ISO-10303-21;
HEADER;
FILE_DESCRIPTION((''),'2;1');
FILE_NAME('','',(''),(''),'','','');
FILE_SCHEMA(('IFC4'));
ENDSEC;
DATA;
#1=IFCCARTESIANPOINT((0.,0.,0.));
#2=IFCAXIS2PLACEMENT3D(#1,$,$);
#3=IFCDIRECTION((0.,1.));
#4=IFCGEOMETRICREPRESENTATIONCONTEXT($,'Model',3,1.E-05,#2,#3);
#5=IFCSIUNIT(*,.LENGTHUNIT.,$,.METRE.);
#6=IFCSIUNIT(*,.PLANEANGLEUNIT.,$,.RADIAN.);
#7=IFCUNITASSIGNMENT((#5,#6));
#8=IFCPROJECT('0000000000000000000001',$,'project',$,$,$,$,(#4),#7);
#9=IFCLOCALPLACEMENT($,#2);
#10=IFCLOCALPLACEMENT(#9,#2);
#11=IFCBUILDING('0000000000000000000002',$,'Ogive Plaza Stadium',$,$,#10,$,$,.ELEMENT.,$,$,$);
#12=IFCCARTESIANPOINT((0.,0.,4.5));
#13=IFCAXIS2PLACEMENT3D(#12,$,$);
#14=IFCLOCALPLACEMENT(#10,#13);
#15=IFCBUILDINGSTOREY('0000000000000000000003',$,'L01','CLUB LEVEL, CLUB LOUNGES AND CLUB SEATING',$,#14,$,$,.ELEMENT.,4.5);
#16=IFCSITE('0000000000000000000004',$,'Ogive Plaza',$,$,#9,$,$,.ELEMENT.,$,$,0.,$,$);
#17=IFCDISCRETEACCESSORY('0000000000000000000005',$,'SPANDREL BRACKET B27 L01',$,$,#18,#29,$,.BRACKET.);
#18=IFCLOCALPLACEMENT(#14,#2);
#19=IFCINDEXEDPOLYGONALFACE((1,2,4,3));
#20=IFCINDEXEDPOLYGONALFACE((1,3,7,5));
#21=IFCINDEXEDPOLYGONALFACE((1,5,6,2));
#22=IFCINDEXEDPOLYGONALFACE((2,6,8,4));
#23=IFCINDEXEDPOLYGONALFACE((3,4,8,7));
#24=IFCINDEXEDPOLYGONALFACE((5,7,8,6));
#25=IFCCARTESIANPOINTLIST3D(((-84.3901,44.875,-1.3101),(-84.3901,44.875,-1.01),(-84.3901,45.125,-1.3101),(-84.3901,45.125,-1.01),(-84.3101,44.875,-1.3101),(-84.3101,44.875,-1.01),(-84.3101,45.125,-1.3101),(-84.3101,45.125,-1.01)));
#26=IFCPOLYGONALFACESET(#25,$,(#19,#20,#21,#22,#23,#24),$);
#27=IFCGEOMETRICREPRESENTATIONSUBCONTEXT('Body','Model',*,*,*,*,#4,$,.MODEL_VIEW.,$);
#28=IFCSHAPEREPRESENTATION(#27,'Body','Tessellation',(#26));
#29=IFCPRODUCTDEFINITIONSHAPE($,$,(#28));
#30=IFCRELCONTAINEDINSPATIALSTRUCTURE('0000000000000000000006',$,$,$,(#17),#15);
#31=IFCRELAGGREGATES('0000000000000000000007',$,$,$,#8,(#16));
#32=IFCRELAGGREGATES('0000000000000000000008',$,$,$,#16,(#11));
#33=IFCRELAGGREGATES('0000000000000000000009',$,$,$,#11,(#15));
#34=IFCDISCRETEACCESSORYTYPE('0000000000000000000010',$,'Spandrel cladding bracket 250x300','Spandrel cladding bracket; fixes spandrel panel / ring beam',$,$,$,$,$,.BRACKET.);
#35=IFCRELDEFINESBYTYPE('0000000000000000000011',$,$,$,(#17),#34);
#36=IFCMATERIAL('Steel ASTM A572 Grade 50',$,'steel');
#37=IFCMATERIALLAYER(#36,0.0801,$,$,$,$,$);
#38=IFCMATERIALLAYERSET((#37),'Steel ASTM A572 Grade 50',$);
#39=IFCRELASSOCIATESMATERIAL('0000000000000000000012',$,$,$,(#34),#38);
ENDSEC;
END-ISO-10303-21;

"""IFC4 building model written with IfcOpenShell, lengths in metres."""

from ifc_helpers import new_model, si_unit, direction, frame, origin, origin_2d, place, context, subcontext, project, spatial, rectangle, extrude, material, layer, layer_set, type_object, element, save


model = new_model("IFC4")

# Units and contexts
model_context = context("Model", 3, precision=1e-05, world=origin(), true_north=direction((0.0, 1.0)))
body_context = subcontext(model_context, "Body", "Model", "MODEL_VIEW")
ifc_project = project(units=[si_unit("LENGTHUNIT", "METRE"), si_unit("PLANEANGLEUNIT", "RADIAN")], contexts=[model_context])

# Site, building, storey
site_placement = place(None, origin())
site = spatial("IfcSite", under=ifc_project, at=site_placement, Name="Ogive Plaza", CompositionType="ELEMENT", RefElevation=0.0)
building_placement = place(site_placement, origin())
building = spatial("IfcBuilding", under=site, at=building_placement, Name="Ogive Plaza Stadium", CompositionType="ELEMENT")
storey_placement = place(building_placement, frame((0.0, 0.0, 4.5)))
storey = spatial("IfcBuildingStorey", under=building, at=storey_placement, Name="L01", Description="CLUB LEVEL, CLUB LOUNGES AND CLUB SEATING", CompositionType="ELEMENT", Elevation=4.5)

# Discrete accessory
ifc_material_1 = material(Name="Steel ASTM A572 Grade 50", Category="steel")
ifc_layer_1 = layer(ifc_material_1, 0.0801)
ifc_layer_set_1 = layer_set([ifc_layer_1], Name="Steel ASTM A572 Grade 50")
discrete_accessory_type = type_object("IfcDiscreteAccessoryType", Name="Spandrel cladding bracket 250x300", Description="Spandrel cladding bracket; fixes spandrel panel / ring beam", PredefinedType="BRACKET", material=ifc_layer_set_1)
discrete_accessory_placement = place(storey_placement, frame((-84.3501, 45.0, -1.3101), z_axis=(0.0, 0.0, 1.0), x_axis=(0.0, 1.0, 0.0)))
element("IfcDiscreteAccessory", 1, at=discrete_accessory_placement, inside=storey, type_object=discrete_accessory_type, Name="SPANDREL BRACKET B27 L01", PredefinedType="BRACKET", context=body_context, shape_type="SweptSolid", body=[
    extrude(rectangle(XDim=0.25, YDim=0.0801, at=origin_2d()), origin(), (0.0, 0.0, 1.0), 0.3),
])

save(model, "model.ifc")
